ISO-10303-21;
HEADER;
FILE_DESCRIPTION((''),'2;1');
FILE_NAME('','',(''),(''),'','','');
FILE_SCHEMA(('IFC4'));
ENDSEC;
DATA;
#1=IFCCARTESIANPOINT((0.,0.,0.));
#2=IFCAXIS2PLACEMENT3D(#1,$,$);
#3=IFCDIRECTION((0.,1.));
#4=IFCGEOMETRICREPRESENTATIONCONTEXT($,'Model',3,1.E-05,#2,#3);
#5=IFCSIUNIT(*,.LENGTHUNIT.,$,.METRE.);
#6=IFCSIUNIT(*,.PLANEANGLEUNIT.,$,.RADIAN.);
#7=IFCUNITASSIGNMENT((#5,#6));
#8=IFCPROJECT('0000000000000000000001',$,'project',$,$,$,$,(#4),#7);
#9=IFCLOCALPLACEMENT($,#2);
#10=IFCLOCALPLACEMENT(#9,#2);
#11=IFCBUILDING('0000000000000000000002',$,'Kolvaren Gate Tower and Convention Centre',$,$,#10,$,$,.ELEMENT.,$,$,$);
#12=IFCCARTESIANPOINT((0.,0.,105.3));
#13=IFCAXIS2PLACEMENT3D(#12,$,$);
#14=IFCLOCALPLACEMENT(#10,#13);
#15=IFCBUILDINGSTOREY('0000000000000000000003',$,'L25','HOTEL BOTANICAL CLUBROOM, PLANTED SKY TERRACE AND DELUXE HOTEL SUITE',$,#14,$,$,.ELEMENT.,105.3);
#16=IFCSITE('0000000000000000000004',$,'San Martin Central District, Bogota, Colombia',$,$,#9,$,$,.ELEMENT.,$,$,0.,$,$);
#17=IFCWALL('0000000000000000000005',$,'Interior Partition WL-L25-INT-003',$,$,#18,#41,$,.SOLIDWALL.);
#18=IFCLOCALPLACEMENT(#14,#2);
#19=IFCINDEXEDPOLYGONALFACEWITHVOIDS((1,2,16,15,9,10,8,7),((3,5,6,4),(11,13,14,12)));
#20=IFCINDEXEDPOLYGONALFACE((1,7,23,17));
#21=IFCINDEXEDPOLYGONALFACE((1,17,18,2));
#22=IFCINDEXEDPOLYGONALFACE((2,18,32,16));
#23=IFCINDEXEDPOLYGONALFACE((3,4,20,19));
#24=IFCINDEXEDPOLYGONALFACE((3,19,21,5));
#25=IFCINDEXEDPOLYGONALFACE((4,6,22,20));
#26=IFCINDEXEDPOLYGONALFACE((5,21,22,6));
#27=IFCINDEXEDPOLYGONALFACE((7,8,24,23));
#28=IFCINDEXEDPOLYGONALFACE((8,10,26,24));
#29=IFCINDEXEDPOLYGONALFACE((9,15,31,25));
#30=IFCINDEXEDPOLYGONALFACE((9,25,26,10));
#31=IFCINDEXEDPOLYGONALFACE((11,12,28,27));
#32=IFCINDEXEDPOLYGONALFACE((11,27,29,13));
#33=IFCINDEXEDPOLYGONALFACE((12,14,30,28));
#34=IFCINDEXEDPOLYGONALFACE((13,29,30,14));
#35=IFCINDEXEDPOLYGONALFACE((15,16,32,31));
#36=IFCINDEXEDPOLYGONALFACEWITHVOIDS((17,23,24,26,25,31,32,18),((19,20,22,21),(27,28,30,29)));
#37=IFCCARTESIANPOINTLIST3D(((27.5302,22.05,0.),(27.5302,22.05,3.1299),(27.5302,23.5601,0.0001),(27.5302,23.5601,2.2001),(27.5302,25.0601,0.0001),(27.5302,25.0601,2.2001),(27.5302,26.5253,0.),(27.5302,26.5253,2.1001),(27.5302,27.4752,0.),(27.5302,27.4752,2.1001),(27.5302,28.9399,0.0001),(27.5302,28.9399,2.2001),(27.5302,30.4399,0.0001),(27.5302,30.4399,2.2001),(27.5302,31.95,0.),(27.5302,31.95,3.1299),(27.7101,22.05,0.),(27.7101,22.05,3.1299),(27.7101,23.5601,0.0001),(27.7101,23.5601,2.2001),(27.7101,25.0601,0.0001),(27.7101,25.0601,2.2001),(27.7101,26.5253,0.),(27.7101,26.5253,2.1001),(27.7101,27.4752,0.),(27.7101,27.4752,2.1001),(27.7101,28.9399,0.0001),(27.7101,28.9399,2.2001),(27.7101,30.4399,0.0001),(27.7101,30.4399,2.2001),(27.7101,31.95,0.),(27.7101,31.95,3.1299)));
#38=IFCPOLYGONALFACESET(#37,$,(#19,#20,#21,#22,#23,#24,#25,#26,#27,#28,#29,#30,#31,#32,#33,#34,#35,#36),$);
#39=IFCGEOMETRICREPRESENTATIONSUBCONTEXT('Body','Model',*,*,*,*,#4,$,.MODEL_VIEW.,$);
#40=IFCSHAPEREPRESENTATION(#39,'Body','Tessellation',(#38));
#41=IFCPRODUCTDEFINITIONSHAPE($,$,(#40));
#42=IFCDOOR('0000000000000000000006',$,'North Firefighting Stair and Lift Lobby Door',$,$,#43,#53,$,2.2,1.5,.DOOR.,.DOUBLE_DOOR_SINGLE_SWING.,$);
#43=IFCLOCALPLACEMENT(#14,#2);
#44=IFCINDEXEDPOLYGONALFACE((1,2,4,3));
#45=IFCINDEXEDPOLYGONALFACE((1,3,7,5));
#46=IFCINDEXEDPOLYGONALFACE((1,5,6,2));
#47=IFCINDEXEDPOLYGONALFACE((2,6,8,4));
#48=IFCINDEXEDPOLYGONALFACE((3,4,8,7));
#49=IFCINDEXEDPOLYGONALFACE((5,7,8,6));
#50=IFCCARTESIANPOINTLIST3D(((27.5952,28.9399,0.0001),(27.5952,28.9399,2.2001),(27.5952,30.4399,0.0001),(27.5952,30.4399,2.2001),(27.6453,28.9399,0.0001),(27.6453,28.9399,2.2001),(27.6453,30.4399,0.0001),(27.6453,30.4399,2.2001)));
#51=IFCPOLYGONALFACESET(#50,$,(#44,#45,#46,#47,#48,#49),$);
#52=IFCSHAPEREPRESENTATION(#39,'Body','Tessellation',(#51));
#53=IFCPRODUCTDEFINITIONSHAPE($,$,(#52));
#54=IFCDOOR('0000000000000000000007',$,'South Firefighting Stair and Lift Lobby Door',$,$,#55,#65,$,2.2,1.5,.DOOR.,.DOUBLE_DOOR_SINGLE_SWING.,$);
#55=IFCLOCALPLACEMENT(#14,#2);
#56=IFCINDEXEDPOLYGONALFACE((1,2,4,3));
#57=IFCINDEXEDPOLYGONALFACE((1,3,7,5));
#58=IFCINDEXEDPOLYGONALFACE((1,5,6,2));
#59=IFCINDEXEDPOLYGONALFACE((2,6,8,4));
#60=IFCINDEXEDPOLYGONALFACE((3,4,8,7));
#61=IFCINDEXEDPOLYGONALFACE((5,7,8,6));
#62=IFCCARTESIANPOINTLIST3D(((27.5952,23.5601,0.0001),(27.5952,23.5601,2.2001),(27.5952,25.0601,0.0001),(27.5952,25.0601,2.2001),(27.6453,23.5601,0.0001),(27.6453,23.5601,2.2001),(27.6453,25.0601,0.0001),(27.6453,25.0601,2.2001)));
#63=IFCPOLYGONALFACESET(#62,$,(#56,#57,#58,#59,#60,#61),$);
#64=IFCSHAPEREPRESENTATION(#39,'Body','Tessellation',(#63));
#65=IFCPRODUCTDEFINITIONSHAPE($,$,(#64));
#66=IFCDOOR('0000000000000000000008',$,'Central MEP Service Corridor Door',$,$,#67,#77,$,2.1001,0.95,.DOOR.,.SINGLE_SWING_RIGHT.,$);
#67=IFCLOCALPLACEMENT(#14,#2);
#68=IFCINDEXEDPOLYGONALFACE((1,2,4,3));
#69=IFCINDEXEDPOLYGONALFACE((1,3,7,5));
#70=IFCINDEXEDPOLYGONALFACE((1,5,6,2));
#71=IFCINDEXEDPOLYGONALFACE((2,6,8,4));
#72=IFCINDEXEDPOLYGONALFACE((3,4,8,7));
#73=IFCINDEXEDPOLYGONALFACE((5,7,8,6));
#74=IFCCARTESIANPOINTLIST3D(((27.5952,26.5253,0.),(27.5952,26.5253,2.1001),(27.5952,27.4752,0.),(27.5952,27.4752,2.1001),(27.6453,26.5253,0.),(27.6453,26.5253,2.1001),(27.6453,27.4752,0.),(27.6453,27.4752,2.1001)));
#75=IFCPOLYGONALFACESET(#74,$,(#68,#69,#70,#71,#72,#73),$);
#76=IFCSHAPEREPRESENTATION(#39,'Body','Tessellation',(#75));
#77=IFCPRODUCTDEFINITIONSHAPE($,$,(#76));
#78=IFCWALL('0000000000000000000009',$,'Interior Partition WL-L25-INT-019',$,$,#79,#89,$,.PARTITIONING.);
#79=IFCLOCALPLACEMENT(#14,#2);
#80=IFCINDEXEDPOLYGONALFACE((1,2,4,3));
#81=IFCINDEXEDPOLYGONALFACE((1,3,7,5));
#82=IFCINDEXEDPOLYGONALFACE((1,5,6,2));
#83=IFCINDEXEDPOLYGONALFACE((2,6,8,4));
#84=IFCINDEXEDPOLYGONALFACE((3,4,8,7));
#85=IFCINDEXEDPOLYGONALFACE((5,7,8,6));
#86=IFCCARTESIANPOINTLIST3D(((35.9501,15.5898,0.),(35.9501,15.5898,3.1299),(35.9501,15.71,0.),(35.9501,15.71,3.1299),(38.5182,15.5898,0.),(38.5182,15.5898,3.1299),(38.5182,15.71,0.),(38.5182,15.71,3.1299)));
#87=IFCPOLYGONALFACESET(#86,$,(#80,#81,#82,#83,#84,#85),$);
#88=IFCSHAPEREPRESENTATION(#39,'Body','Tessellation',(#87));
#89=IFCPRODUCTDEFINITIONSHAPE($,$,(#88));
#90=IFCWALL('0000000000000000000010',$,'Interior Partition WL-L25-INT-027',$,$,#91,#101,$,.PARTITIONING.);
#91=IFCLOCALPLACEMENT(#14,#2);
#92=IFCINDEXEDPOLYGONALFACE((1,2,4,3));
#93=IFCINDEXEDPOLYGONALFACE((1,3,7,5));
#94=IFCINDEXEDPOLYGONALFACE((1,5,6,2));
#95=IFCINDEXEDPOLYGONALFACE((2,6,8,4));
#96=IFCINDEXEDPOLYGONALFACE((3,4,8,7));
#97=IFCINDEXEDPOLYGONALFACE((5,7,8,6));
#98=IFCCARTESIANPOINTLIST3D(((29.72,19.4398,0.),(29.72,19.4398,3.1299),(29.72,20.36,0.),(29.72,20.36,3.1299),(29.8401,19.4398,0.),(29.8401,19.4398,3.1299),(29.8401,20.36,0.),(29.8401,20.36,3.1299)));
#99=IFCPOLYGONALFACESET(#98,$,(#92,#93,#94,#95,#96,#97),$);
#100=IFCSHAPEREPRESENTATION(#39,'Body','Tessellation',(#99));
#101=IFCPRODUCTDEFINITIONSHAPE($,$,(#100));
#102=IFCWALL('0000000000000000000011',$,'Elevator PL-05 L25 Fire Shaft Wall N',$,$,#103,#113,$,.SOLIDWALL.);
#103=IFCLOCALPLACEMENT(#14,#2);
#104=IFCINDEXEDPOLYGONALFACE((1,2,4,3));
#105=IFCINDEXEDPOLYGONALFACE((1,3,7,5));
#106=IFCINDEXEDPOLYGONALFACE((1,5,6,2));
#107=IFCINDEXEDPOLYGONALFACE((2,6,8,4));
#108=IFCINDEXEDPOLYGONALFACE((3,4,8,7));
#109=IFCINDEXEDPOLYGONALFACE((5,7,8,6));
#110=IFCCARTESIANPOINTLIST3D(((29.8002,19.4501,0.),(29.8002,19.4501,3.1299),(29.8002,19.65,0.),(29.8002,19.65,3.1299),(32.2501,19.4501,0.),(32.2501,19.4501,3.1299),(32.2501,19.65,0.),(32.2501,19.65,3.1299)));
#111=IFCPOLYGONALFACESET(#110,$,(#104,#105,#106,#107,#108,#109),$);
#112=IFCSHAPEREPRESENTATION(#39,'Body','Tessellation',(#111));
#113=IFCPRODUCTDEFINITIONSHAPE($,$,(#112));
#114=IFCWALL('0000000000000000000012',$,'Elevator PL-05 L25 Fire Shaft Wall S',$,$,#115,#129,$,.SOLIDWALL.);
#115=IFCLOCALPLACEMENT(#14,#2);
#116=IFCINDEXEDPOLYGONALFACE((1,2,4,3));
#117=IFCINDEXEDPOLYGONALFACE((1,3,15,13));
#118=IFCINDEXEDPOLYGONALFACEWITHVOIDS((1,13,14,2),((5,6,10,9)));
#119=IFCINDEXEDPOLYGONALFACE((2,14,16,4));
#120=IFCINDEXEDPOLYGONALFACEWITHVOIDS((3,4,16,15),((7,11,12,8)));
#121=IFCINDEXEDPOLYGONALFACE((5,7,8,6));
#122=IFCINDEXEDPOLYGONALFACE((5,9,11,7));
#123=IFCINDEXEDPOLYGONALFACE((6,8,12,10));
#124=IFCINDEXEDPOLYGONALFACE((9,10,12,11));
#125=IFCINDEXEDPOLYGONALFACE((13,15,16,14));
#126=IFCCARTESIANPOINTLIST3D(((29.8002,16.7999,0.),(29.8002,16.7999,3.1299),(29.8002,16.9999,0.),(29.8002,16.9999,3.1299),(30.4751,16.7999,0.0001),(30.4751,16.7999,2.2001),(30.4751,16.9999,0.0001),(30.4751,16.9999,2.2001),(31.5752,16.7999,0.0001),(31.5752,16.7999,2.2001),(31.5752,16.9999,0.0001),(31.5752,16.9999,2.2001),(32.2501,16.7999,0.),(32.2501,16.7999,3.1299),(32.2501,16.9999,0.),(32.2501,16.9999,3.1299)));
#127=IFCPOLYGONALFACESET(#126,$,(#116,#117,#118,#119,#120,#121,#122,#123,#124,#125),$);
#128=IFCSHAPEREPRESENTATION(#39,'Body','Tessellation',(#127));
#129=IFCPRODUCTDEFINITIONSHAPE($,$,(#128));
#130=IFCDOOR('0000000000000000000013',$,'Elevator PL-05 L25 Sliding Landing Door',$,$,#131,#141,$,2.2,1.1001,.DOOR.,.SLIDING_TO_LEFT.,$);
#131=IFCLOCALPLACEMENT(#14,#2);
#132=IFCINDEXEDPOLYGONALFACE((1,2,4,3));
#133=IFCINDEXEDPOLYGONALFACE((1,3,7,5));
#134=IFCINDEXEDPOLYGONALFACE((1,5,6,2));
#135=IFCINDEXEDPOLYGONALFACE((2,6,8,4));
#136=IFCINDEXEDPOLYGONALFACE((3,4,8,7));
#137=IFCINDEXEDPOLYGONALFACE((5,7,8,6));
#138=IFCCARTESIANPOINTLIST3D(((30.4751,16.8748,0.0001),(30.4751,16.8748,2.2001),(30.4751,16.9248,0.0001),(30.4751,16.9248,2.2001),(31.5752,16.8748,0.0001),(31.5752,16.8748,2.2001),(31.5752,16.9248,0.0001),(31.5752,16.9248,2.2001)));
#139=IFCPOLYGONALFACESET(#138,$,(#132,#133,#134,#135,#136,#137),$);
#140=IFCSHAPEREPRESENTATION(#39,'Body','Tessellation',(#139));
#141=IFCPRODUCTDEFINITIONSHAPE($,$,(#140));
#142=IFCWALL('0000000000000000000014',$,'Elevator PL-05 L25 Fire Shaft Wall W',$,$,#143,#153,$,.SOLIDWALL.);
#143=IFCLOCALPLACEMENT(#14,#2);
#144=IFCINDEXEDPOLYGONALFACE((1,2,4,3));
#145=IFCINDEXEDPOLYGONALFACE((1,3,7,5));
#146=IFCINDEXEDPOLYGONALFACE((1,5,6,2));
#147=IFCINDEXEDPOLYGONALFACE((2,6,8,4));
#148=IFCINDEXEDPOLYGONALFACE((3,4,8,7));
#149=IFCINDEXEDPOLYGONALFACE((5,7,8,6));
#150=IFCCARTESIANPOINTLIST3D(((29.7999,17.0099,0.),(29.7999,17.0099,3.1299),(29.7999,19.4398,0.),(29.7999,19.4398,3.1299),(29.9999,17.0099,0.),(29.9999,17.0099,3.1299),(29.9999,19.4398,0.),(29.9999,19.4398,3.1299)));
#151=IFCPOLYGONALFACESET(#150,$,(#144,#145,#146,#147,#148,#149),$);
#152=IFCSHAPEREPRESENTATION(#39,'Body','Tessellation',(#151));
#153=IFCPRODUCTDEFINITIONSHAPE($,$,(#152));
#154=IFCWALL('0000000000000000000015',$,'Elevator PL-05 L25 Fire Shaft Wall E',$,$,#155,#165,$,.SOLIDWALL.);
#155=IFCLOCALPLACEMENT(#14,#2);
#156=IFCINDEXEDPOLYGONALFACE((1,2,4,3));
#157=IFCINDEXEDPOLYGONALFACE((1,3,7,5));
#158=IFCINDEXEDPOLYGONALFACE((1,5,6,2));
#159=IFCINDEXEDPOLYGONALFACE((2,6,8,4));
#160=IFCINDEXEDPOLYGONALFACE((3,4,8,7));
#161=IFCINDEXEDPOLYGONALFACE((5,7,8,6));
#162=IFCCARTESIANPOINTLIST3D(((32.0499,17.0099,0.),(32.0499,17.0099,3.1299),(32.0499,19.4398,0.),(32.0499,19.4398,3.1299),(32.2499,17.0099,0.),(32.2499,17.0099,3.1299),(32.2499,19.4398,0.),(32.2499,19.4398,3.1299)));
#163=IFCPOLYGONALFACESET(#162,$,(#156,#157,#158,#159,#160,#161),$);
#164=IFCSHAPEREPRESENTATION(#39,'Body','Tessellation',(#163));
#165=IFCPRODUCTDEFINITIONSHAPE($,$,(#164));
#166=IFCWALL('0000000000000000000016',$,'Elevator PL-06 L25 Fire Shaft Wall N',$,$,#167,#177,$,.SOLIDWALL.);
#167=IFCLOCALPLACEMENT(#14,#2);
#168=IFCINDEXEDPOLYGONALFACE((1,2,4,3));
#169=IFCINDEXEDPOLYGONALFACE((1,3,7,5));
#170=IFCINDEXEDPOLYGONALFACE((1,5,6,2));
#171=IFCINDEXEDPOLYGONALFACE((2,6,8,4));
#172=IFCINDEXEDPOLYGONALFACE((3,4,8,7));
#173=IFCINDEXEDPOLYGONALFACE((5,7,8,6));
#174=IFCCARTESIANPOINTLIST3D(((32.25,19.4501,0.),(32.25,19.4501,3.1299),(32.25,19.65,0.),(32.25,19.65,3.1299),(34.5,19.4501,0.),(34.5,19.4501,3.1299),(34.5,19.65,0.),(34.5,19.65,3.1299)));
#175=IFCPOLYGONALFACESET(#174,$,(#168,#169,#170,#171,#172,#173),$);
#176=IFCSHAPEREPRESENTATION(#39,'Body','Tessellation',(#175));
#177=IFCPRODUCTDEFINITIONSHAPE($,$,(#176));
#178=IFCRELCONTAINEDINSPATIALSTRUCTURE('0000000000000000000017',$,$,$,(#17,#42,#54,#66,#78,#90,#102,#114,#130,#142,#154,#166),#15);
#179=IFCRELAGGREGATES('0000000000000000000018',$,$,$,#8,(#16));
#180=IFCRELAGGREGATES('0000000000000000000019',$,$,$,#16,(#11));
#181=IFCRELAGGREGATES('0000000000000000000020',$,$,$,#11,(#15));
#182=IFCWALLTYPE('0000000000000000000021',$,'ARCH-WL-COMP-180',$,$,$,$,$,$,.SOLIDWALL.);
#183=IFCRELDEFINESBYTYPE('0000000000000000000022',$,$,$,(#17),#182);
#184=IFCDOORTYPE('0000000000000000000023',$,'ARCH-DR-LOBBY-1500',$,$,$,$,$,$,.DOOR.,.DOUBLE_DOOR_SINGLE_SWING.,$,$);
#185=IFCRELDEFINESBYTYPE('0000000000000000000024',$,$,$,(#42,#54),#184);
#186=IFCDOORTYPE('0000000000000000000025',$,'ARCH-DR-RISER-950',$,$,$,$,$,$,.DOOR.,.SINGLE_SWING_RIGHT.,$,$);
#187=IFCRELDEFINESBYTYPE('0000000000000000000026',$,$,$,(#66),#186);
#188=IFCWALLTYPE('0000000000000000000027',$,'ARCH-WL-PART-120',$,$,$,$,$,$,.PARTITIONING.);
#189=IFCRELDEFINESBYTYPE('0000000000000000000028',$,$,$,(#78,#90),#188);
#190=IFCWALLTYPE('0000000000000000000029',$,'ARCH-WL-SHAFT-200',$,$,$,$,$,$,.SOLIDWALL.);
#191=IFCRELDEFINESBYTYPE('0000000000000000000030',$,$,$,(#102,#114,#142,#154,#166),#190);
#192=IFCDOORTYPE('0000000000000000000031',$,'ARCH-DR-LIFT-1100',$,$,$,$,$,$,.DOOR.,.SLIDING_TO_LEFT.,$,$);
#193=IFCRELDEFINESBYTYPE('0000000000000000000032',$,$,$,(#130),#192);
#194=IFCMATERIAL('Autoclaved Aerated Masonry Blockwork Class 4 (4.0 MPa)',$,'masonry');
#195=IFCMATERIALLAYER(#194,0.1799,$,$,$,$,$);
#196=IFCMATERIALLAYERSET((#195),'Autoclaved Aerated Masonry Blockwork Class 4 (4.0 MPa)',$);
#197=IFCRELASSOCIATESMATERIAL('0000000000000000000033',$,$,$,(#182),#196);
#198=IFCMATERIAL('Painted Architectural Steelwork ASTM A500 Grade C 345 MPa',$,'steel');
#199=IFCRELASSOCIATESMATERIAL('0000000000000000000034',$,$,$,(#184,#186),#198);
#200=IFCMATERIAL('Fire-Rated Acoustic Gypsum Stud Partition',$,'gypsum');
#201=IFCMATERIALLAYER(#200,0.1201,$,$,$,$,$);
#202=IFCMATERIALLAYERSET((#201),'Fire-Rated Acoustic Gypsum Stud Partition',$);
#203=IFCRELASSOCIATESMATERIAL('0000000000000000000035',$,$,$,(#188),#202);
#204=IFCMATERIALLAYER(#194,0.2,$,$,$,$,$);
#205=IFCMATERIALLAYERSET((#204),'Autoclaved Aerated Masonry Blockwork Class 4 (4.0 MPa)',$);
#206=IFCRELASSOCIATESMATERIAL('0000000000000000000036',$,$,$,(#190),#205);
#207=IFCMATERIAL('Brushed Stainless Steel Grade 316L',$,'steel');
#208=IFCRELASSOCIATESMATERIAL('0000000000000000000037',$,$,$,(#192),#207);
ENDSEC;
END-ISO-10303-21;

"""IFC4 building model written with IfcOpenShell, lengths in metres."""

from ifc_helpers import new_model, si_unit, direction, frame, frame_2d, origin, place, context, subcontext, project, spatial, rectangle, extrude, material, layer, layer_set, type_object, element, fill, save


model = new_model("IFC4")

# Units and contexts
model_context = context("Model", 3, precision=1e-05, world=origin(), true_north=direction((0.0, 1.0)))
body_context = subcontext(model_context, "Body", "Model", "MODEL_VIEW")
ifc_project = project(units=[si_unit("LENGTHUNIT", "METRE"), si_unit("PLANEANGLEUNIT", "RADIAN")], contexts=[model_context])

# Site, building, storey
site_placement = place(None, origin())
site = spatial("IfcSite", under=ifc_project, at=site_placement, Name="San Martin Central District, Bogota, Colombia", CompositionType="ELEMENT", RefElevation=0.0)
building_placement = place(site_placement, origin())
building = spatial("IfcBuilding", under=site, at=building_placement, Name="Kolvaren Gate Tower and Convention Centre", CompositionType="ELEMENT")
storey_placement = place(building_placement, frame((0.0, 0.0, 105.3)))
storey = spatial("IfcBuildingStorey", under=building, at=storey_placement, Name="L25", Description="HOTEL BOTANICAL CLUBROOM, PLANTED SKY TERRACE AND DELUXE HOTEL SUITE", CompositionType="ELEMENT", Elevation=105.3)

# Wall, openings, doors
ifc_material_1 = material(Name="Autoclaved Aerated Masonry Blockwork Class 4 (4.0 MPa)", Category="masonry")
ifc_layer_1 = layer(ifc_material_1, 0.1799)
ifc_layer_set_1 = layer_set([ifc_layer_1], Name="Autoclaved Aerated Masonry Blockwork Class 4 (4.0 MPa)")
wall_type_1 = type_object("IfcWallType", Name="ARCH-WL-COMP-180", PredefinedType="SOLIDWALL", material=ifc_layer_set_1)
wall_1_placement = place(storey_placement, frame((27.6201, 22.05, 0.0), z_axis=(0.0, 0.0, 1.0), x_axis=(0.0, 1.0, 0.0)))
wall_1 = element("IfcWall", 1, at=wall_1_placement, inside=storey, type_object=wall_type_1, Name="Interior Partition WL-L25-INT-003", PredefinedType="SOLIDWALL", context=body_context, shape_type="SweptSolid", body=[
    extrude(rectangle(XDim=9.8999, YDim=0.1799, at=frame_2d((4.95, 0.0))), origin(), (0.0, 0.0, 1.0), 3.1299),
])
opening_1_placement = place(wall_1_placement, frame((4.4751, 0.0, 0.0)))
opening_1 = element("IfcOpeningElement", 2, at=opening_1_placement, cuts=wall_1, PredefinedType="OPENING", context=body_context, shape_type="SweptSolid", body=[
    extrude(rectangle(XDim=0.95, YDim=2.1001, at=frame_2d((0.4751, 1.05))), frame((0.0, 0.0999, 0.0), z_axis=(0.0, -1.0, 0.0), x_axis=(1.0, 0.0, 0.0)), (0.0, 0.0, 1.0), 0.2),
])
opening_2_placement = place(wall_1_placement, frame((6.8899, 0.0, 0.0)))
opening_2 = element("IfcOpeningElement", 3, at=opening_2_placement, cuts=wall_1, PredefinedType="OPENING", context=body_context, shape_type="SweptSolid", body=[
    extrude(rectangle(XDim=1.5, YDim=2.2, at=frame_2d((0.75, 1.1001))), frame((0.0, 0.0999, 0.0), z_axis=(0.0, -1.0, 0.0), x_axis=(1.0, 0.0, 0.0)), (0.0, 0.0, 1.0), 0.2),
])
opening_3_placement = place(wall_1_placement, frame((1.51, 0.0, 0.0)))
opening_3 = element("IfcOpeningElement", 4, at=opening_3_placement, cuts=wall_1, PredefinedType="OPENING", context=body_context, shape_type="SweptSolid", body=[
    extrude(rectangle(XDim=1.5, YDim=2.2, at=frame_2d((0.75, 1.1001))), frame((0.0, 0.0999, 0.0), z_axis=(0.0, -1.0, 0.0), x_axis=(1.0, 0.0, 0.0)), (0.0, 0.0, 1.0), 0.2),
])
ifc_material_2 = material(Name="Painted Architectural Steelwork ASTM A500 Grade C 345 MPa", Category="steel")
door_type_1 = type_object("IfcDoorType", Name="ARCH-DR-LOBBY-1500", OperationType="DOUBLE_DOOR_SINGLE_SWING", PredefinedType="DOOR", material=ifc_material_2)
door_1_placement = place(opening_2_placement, origin())
door_1 = element("IfcDoor", 5, at=door_1_placement, inside=storey, type_object=door_type_1, Name="North Firefighting Stair and Lift Lobby Door", OperationType="DOUBLE_DOOR_SINGLE_SWING", OverallHeight=2.2, OverallWidth=1.5, PredefinedType="DOOR", context=body_context, shape_type="SweptSolid", body=[
    extrude(rectangle(XDim=1.5, YDim=2.2, at=frame_2d((0.75, 1.1001))), frame((0.0, 0.0249, 0.0), z_axis=(0.0, -1.0, 0.0), x_axis=(1.0, 0.0, 0.0)), (0.0, 0.0, 1.0), 0.05),
])
fill(opening_2, door_1)
door_2_placement = place(opening_3_placement, origin())
door_2 = element("IfcDoor", 6, at=door_2_placement, inside=storey, type_object=door_type_1, Name="South Firefighting Stair and Lift Lobby Door", OperationType="DOUBLE_DOOR_SINGLE_SWING", OverallHeight=2.2, OverallWidth=1.5, PredefinedType="DOOR", context=body_context, shape_type="SweptSolid", body=[
    extrude(rectangle(XDim=1.5, YDim=2.2, at=frame_2d((0.75, 1.1001))), frame((0.0, 0.0249, 0.0), z_axis=(0.0, -1.0, 0.0), x_axis=(1.0, 0.0, 0.0)), (0.0, 0.0, 1.0), 0.05),
])
fill(opening_3, door_2)
door_type_2 = type_object("IfcDoorType", Name="ARCH-DR-RISER-950", OperationType="SINGLE_SWING_RIGHT", PredefinedType="DOOR", material=ifc_material_2)
door_3_placement = place(opening_1_placement, origin())
door_3 = element("IfcDoor", 7, at=door_3_placement, inside=storey, type_object=door_type_2, Name="Central MEP Service Corridor Door", OperationType="SINGLE_SWING_RIGHT", OverallHeight=2.1001, OverallWidth=0.95, PredefinedType="DOOR", context=body_context, shape_type="SweptSolid", body=[
    extrude(rectangle(XDim=0.95, YDim=2.1001, at=frame_2d((0.4751, 1.05))), frame((0.0, 0.0249, 0.0), z_axis=(0.0, -1.0, 0.0), x_axis=(1.0, 0.0, 0.0)), (0.0, 0.0, 1.0), 0.05),
])
fill(opening_1, door_3)

# Walls
ifc_material_3 = material(Name="Fire-Rated Acoustic Gypsum Stud Partition", Category="gypsum")
ifc_layer_2 = layer(ifc_material_3, 0.1201)
ifc_layer_set_2 = layer_set([ifc_layer_2], Name="Fire-Rated Acoustic Gypsum Stud Partition")
wall_type_2 = type_object("IfcWallType", Name="ARCH-WL-PART-120", PredefinedType="PARTITIONING", material=ifc_layer_set_2)
wall_2_placement = place(storey_placement, frame((35.95, 15.6499, 0.0), z_axis=(0.0, 0.0, 1.0), x_axis=(1.0, 0.0, 0.0)))
element("IfcWall", 8, at=wall_2_placement, inside=storey, type_object=wall_type_2, Name="Interior Partition WL-L25-INT-019", PredefinedType="PARTITIONING", context=body_context, shape_type="SweptSolid", body=[
    extrude(rectangle(XDim=2.5681, YDim=0.1201, at=frame_2d((1.2842, 0.0))), origin(), (0.0, 0.0, 1.0), 3.1299),
])
wall_3_placement = place(storey_placement, frame((29.78, 19.4399, 0.0), z_axis=(0.0, 0.0, 1.0), x_axis=(0.0, 1.0, 0.0)))
element("IfcWall", 9, at=wall_3_placement, inside=storey, type_object=wall_type_2, Name="Interior Partition WL-L25-INT-027", PredefinedType="PARTITIONING", context=body_context, shape_type="SweptSolid", body=[
    extrude(rectangle(XDim=0.9202, YDim=0.1201, at=frame_2d((0.46, 0.0))), origin(), (0.0, 0.0, 1.0), 3.1299),
])
ifc_layer_3 = layer(ifc_material_1, 0.2)
ifc_layer_set_3 = layer_set([ifc_layer_3], Name="Autoclaved Aerated Masonry Blockwork Class 4 (4.0 MPa)")
wall_type_3 = type_object("IfcWallType", Name="ARCH-WL-SHAFT-200", PredefinedType="SOLIDWALL", material=ifc_layer_set_3)
wall_4_placement = place(storey_placement, frame((29.8, 19.55, 0.0), z_axis=(0.0, 0.0, 1.0), x_axis=(1.0, 0.0, 0.0)))
element("IfcWall", 10, at=wall_4_placement, inside=storey, type_object=wall_type_3, Name="Elevator PL-05 L25 Fire Shaft Wall N", PredefinedType="SOLIDWALL", context=body_context, shape_type="SweptSolid", body=[
    extrude(rectangle(XDim=2.45, YDim=0.2, at=frame_2d((1.2251, 0.0))), origin(), (0.0, 0.0, 1.0), 3.1299),
])

# Wall, opening, door
wall_5_placement = place(storey_placement, frame((29.8, 16.8999, 0.0), z_axis=(0.0, 0.0, 1.0), x_axis=(1.0, 0.0, 0.0)))
wall_5 = element("IfcWall", 11, at=wall_5_placement, inside=storey, type_object=wall_type_3, Name="Elevator PL-05 L25 Fire Shaft Wall S", PredefinedType="SOLIDWALL", context=body_context, shape_type="SweptSolid", body=[
    extrude(rectangle(XDim=2.45, YDim=0.2, at=frame_2d((1.2251, 0.0))), origin(), (0.0, 0.0, 1.0), 3.1299),
])
opening_4_placement = place(wall_5_placement, frame((0.675, 0.0, 0.0)))
opening_4 = element("IfcOpeningElement", 12, at=opening_4_placement, cuts=wall_5, PredefinedType="OPENING", context=body_context, shape_type="SweptSolid", body=[
    extrude(rectangle(XDim=1.1001, YDim=2.2, at=frame_2d((0.55, 1.1001))), frame((0.0, 0.1099, 0.0), z_axis=(0.0, -1.0, 0.0), x_axis=(1.0, 0.0, 0.0)), (0.0, 0.0, 1.0), 0.22),
])
ifc_material_4 = material(Name="Brushed Stainless Steel Grade 316L", Category="steel")
door_type_3 = type_object("IfcDoorType", Name="ARCH-DR-LIFT-1100", OperationType="SLIDING_TO_LEFT", PredefinedType="DOOR", material=ifc_material_4)
door_4_placement = place(opening_4_placement, origin())
door_4 = element("IfcDoor", 13, at=door_4_placement, inside=storey, type_object=door_type_3, Name="Elevator PL-05 L25 Sliding Landing Door", OperationType="SLIDING_TO_LEFT", OverallHeight=2.2, OverallWidth=1.1001, PredefinedType="DOOR", context=body_context, shape_type="SweptSolid", body=[
    extrude(rectangle(XDim=1.1001, YDim=2.2, at=frame_2d((0.55, 1.1001))), frame((0.0, 0.0249, 0.0), z_axis=(0.0, -1.0, 0.0), x_axis=(1.0, 0.0, 0.0)), (0.0, 0.0, 1.0), 0.05),
])
fill(opening_4, door_4)

# Walls
for number, where, z_axis, x_axis, name in (
    (14, (29.8999, 17.01, 0.0), (0.0, 0.0, 1.0), (0.0, 1.0, 0.0), "Elevator PL-05 L25 Fire Shaft Wall W"),
    (15, (32.1499, 17.01, 0.0), (0.0, 0.0, 1.0), (0.0, 1.0, 0.0), "Elevator PL-05 L25 Fire Shaft Wall E"),
):
    element("IfcWall", number, at=place(storey_placement, frame(where, z_axis=z_axis, x_axis=x_axis)), inside=storey, type_object=wall_type_3, Name=name, PredefinedType="SOLIDWALL", context=body_context, shape_type="SweptSolid", body=[
        extrude(rectangle(XDim=2.4299, YDim=0.2, at=frame_2d((1.2148, 0.0))), origin(), (0.0, 0.0, 1.0), 3.1299),
    ])
wall_6_placement = place(storey_placement, frame((32.25, 19.55, 0.0), z_axis=(0.0, 0.0, 1.0), x_axis=(1.0, 0.0, 0.0)))
element("IfcWall", 16, at=wall_6_placement, inside=storey, type_object=wall_type_3, Name="Elevator PL-06 L25 Fire Shaft Wall N", PredefinedType="SOLIDWALL", context=body_context, shape_type="SweptSolid", body=[
    extrude(rectangle(XDim=2.25, YDim=0.2, at=frame_2d((1.125, 0.0))), origin(), (0.0, 0.0, 1.0), 3.1299),
])

save(model, "model.ifc")
